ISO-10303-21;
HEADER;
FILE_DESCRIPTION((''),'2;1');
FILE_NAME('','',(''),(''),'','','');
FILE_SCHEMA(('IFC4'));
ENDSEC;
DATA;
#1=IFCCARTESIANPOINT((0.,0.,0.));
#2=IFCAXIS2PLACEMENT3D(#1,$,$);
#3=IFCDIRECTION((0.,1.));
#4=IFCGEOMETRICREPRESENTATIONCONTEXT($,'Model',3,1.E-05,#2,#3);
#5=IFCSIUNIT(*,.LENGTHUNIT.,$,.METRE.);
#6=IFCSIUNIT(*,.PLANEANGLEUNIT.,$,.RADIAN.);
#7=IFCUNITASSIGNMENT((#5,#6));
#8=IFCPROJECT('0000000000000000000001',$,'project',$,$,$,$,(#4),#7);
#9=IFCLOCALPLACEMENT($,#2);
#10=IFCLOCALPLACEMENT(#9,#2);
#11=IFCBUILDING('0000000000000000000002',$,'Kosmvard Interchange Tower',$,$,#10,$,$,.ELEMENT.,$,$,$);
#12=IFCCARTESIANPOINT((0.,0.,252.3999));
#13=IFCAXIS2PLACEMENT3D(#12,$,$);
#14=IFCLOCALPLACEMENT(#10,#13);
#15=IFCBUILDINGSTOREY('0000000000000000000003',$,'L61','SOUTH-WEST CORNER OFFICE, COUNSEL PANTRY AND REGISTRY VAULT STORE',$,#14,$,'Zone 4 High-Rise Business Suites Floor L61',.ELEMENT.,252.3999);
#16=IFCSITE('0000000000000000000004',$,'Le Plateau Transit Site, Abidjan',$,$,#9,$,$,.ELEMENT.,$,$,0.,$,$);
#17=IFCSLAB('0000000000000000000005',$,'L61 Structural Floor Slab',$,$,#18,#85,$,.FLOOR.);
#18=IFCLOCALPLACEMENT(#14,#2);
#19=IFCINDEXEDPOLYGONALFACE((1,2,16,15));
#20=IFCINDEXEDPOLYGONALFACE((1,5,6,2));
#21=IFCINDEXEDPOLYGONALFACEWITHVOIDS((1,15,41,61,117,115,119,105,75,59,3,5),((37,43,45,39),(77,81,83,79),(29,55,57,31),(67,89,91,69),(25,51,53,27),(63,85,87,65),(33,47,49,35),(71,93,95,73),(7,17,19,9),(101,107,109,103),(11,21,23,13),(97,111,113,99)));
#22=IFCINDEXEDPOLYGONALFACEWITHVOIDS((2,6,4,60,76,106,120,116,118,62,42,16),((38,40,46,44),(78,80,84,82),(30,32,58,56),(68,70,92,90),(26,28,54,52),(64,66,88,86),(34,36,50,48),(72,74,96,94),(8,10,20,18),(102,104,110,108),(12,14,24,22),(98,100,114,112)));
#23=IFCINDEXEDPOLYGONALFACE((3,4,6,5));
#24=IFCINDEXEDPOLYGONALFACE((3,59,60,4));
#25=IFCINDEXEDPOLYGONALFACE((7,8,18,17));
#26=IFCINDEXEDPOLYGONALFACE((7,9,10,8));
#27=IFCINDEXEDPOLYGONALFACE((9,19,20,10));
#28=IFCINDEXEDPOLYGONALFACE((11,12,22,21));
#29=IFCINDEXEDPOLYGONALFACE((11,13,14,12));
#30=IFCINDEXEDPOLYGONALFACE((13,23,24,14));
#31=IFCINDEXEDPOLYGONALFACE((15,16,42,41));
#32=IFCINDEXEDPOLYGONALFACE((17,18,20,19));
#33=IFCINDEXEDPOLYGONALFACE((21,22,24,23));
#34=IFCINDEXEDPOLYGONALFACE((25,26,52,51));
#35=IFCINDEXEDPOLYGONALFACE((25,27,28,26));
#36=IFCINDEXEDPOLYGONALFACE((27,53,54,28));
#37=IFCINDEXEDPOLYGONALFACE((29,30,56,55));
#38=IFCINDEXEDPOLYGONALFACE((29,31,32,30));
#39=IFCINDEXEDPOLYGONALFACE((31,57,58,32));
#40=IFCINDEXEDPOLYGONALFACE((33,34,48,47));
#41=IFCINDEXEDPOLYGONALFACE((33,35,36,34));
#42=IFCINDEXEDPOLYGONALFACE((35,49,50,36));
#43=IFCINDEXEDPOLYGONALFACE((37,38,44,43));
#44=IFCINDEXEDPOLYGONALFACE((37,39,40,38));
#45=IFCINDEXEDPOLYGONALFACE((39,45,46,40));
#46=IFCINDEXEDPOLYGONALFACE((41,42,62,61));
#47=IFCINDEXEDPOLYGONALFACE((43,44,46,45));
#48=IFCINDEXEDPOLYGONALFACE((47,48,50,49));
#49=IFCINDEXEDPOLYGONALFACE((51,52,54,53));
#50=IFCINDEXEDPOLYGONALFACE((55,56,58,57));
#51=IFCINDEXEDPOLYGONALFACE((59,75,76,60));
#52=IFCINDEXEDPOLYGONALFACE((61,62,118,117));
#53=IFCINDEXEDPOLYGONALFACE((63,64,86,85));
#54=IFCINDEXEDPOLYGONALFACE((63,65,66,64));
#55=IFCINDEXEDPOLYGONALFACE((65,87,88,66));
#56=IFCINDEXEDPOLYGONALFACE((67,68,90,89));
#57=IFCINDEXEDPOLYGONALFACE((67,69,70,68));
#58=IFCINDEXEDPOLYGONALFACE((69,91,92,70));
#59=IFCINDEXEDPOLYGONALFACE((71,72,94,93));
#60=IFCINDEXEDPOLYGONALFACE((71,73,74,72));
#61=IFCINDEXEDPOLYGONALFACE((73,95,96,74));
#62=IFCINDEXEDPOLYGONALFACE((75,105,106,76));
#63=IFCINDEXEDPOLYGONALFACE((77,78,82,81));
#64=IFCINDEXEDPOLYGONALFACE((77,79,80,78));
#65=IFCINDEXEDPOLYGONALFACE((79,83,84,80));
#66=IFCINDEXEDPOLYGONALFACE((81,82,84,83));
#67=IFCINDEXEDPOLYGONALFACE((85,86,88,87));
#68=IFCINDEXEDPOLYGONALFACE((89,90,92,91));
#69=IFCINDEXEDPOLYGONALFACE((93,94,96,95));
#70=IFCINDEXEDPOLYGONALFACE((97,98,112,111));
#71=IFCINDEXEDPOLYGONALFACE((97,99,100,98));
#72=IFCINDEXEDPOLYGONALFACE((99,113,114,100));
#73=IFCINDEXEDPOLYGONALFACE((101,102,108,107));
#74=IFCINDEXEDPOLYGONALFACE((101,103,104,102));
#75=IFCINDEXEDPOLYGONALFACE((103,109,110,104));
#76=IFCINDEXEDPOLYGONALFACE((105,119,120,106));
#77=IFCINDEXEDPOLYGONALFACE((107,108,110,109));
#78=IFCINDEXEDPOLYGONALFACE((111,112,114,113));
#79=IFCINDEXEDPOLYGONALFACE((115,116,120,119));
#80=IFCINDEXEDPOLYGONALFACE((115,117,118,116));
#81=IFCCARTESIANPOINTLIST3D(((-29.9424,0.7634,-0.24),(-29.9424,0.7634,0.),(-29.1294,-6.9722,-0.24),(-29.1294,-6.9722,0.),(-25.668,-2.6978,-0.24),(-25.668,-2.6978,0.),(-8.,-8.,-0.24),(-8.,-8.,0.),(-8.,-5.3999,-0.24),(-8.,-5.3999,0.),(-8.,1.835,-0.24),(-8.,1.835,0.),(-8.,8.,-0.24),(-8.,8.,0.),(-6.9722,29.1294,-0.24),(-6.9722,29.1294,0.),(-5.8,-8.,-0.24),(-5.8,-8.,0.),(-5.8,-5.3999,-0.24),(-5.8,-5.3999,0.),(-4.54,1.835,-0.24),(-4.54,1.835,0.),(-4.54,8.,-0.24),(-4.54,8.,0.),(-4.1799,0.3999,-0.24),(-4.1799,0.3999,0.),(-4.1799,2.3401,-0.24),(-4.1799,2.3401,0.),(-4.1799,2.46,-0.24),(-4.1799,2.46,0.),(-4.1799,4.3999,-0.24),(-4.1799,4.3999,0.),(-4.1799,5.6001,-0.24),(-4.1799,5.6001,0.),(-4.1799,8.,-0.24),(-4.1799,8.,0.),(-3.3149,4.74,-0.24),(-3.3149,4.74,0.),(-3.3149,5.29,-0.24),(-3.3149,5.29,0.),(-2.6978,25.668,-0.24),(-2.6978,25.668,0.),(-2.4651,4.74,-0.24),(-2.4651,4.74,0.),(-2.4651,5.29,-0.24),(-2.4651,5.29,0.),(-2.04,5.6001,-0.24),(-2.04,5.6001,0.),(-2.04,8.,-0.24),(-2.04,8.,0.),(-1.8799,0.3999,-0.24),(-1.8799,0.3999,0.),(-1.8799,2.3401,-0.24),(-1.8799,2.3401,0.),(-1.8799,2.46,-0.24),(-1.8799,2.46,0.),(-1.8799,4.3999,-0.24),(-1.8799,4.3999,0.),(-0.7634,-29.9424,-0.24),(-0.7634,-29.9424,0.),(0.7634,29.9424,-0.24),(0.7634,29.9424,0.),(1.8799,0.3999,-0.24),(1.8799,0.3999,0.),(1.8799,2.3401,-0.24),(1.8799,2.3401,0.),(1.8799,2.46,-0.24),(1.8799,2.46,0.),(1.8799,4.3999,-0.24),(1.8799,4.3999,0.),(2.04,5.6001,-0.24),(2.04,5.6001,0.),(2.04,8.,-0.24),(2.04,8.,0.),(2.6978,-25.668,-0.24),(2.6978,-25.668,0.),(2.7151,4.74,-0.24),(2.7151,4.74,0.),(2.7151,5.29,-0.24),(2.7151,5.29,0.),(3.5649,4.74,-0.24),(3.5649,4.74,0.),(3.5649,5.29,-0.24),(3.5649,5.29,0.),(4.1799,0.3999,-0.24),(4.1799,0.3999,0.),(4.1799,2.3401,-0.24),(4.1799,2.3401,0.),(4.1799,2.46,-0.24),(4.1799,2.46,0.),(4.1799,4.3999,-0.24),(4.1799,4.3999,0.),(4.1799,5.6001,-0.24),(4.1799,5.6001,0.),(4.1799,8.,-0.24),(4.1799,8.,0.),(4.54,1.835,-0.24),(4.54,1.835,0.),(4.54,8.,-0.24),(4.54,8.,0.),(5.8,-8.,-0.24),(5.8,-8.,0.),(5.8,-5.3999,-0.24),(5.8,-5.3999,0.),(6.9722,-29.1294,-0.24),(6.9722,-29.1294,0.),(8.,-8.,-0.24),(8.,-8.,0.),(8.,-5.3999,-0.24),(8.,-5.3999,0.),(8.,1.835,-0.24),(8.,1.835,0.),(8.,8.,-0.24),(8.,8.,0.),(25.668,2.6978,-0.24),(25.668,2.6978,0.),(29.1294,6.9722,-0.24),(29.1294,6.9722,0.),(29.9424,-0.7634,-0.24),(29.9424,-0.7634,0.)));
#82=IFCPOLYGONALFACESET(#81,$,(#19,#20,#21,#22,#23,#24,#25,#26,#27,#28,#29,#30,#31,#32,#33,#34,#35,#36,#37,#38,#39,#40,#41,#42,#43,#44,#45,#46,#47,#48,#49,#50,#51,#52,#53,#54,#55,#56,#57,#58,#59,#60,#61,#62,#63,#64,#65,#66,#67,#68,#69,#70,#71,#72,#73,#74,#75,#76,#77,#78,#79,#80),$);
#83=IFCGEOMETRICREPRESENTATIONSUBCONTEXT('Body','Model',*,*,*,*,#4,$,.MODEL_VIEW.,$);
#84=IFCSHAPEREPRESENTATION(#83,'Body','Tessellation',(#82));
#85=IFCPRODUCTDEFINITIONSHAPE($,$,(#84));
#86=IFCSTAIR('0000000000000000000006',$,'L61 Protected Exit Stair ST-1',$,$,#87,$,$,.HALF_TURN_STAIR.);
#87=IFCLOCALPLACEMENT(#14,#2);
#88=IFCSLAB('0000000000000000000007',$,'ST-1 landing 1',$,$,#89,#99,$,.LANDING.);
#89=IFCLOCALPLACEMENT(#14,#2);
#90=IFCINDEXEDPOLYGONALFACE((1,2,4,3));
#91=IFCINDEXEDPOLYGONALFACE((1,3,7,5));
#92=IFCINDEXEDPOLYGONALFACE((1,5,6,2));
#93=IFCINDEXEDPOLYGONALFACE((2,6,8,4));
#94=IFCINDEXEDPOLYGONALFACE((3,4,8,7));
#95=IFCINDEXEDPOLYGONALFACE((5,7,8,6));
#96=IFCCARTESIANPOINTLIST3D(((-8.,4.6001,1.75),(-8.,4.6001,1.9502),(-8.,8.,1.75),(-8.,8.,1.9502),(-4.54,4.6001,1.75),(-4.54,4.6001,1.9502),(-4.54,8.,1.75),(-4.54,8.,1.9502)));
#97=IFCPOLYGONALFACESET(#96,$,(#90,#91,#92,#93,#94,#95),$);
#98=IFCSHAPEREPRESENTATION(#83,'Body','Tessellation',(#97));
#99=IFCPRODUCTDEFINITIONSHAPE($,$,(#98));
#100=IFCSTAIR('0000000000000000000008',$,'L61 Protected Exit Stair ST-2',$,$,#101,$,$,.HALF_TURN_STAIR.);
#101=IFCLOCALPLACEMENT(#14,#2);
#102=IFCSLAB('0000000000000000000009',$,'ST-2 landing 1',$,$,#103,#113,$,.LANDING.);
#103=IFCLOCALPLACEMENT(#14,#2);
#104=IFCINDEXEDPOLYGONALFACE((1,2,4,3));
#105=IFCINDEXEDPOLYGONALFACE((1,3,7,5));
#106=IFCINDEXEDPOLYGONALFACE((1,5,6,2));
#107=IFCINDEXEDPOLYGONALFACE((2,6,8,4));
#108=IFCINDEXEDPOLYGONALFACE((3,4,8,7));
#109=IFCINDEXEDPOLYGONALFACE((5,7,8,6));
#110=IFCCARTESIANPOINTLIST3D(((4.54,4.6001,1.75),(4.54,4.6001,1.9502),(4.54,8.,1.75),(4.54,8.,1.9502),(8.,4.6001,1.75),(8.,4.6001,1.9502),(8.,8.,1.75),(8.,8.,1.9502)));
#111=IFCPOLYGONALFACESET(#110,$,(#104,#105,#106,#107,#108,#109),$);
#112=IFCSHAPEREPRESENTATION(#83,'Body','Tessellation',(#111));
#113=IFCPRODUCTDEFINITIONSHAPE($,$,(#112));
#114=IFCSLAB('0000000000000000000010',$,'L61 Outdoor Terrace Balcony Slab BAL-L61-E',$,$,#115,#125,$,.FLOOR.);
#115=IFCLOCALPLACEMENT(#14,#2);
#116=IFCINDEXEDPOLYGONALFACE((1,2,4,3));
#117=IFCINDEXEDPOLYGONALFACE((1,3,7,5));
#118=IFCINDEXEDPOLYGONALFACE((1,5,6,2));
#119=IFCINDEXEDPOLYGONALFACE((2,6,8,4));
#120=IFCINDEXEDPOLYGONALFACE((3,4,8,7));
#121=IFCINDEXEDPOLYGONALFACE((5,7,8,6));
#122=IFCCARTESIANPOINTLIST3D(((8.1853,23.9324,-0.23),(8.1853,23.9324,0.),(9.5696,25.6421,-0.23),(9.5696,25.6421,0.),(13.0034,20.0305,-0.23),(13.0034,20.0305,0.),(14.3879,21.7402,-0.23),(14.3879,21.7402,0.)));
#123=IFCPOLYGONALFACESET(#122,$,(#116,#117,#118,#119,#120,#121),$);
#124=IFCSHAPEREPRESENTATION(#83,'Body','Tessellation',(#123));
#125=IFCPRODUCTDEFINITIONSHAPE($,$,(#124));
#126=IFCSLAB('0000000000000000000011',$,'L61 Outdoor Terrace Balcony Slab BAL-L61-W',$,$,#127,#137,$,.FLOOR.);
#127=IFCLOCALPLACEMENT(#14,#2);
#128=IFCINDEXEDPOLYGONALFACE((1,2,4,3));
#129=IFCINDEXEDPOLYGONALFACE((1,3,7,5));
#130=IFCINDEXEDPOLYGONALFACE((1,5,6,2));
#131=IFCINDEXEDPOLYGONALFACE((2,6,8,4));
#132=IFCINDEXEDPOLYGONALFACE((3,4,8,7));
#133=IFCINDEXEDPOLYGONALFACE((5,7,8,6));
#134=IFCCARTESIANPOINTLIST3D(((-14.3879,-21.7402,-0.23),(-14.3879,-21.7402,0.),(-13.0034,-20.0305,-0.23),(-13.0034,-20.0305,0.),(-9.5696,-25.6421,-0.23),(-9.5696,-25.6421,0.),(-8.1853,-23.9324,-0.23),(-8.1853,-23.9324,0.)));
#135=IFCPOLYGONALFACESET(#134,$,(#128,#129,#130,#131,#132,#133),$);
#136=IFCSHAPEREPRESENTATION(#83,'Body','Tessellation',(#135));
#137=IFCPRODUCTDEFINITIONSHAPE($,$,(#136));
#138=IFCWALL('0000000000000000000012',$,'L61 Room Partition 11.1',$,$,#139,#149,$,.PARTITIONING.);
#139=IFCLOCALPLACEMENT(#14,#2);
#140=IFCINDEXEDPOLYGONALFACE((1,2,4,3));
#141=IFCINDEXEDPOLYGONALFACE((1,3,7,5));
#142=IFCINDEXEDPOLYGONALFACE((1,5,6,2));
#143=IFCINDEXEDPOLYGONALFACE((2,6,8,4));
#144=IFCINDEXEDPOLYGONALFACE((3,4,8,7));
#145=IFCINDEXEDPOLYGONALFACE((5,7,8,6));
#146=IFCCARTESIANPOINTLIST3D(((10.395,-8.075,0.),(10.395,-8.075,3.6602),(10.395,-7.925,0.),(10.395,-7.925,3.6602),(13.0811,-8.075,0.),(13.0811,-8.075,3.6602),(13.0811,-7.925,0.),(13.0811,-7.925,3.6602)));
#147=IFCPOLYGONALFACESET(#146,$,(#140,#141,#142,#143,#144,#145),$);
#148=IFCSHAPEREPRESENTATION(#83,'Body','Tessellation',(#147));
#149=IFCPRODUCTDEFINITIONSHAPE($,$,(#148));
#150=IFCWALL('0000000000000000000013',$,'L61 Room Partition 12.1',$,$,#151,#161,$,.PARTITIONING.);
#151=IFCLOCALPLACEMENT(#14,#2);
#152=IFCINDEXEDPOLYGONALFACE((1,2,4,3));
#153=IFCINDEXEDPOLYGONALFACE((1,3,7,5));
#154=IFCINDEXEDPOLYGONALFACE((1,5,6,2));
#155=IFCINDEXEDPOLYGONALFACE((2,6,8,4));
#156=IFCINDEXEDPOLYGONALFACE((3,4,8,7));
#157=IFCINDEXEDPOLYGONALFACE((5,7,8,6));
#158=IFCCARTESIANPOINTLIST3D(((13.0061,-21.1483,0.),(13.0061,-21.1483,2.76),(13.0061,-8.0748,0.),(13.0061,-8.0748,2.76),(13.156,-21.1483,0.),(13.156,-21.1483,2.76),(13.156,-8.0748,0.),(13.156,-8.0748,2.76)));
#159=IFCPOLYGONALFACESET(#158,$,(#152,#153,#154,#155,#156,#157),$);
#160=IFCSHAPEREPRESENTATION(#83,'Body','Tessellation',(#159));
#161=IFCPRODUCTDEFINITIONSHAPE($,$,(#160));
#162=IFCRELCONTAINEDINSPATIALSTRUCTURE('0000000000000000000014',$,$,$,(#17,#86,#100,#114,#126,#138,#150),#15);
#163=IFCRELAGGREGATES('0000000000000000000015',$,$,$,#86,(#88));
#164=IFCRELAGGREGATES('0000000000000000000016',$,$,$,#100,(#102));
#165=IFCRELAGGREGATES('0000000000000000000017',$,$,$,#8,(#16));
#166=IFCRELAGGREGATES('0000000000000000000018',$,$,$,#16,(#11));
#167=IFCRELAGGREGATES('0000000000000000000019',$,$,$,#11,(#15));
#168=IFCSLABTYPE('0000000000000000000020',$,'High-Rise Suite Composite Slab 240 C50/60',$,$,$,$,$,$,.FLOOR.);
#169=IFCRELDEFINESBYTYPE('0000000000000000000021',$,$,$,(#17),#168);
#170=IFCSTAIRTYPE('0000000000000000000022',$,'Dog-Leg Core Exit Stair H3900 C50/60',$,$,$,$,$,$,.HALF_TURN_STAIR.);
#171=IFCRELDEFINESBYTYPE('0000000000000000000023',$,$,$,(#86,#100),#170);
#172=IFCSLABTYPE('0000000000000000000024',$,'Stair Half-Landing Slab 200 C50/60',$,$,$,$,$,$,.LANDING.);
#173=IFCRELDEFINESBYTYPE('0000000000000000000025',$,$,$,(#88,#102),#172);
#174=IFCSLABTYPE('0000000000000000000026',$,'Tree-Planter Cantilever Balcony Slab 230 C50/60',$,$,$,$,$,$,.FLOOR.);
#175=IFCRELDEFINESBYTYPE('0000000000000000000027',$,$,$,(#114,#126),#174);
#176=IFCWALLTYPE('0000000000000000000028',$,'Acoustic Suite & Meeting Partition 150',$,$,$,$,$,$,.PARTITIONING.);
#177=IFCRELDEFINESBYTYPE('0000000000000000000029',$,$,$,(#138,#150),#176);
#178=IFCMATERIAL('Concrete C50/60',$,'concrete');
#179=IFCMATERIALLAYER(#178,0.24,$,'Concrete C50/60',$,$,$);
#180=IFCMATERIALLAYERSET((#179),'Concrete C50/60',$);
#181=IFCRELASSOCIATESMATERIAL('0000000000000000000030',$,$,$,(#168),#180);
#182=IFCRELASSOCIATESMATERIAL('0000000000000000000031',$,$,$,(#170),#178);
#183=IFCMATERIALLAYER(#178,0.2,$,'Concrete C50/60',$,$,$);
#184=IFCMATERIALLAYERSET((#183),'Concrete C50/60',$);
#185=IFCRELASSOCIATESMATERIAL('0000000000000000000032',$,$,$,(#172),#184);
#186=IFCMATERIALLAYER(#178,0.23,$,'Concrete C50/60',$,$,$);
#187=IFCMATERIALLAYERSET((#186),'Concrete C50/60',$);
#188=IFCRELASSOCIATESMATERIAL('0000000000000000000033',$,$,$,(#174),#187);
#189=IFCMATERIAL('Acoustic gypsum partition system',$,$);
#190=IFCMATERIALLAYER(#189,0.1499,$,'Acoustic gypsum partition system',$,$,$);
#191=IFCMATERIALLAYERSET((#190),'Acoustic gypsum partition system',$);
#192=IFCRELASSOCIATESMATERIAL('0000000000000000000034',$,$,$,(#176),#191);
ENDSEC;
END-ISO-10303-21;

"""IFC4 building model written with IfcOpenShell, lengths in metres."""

from ifc_helpers import new_model, si_unit, direction, frame, frame_2d, origin, place, context, subcontext, project, spatial, polyline, rectangle, outline, extrude, material, layer, layer_set, type_object, element, aggregate, save


model = new_model("IFC4")

# Units and contexts
model_context = context("Model", 3, precision=1e-05, world=origin(), true_north=direction((0.0, 1.0)))
body_context = subcontext(model_context, "Body", "Model", "MODEL_VIEW")
ifc_project = project(units=[si_unit("LENGTHUNIT", "METRE"), si_unit("PLANEANGLEUNIT", "RADIAN")], contexts=[model_context])

# Site, building, storey
site_placement = place(None, origin())
site = spatial("IfcSite", under=ifc_project, at=site_placement, Name="Le Plateau Transit Site, Abidjan", CompositionType="ELEMENT", RefElevation=0.0)
building_placement = place(site_placement, origin())
building = spatial("IfcBuilding", under=site, at=building_placement, Name="Kosmvard Interchange Tower", CompositionType="ELEMENT")
storey_placement = place(building_placement, frame((0.0, 0.0, 252.3999)))
storey = spatial("IfcBuildingStorey", under=building, at=storey_placement, Name="L61", Description="SOUTH-WEST CORNER OFFICE, COUNSEL PANTRY AND REGISTRY VAULT STORE", LongName="Zone 4 High-Rise Business Suites Floor L61", CompositionType="ELEMENT", Elevation=252.3999)

# Shared definitions
ifc_material_1 = material(Name="Concrete C50/60", Category="concrete")

# Slab
ifc_layer_1 = layer(ifc_material_1, 0.24, Name="Concrete C50/60")
ifc_layer_set_1 = layer_set([ifc_layer_1], Name="Concrete C50/60")
slab_type_1 = type_object("IfcSlabType", Name="High-Rise Suite Composite Slab 240 C50/60", PredefinedType="FLOOR", material=ifc_layer_set_1)
slab_1_placement = place(storey_placement, frame((0.0, 0.0, -0.24)))
element("IfcSlab", 1, at=slab_1_placement, inside=storey, type_object=slab_type_1, Name="L61 Structural Floor Slab", PredefinedType="FLOOR", context=body_context, shape_type="SweptSolid", body=[
    extrude(outline(polyline([(6.9722, -29.1294), (29.9424, -0.7634), (25.668, 2.6978), (29.1294, 6.9722), (0.7634, 29.9424), (-2.6978, 25.668), (-6.9722, 29.1294), (-29.9424, 0.7634), (-25.668, -2.6978), (-29.1294, -6.9722), (-0.7634, -29.9424), (2.6978, -25.668), (6.9722, -29.1294)]), holes=[polyline([(-8.0, 1.835), (-4.54, 1.835), (-4.54, 8.0), (-8.0, 8.0), (-8.0, 1.835)]), polyline([(4.54, 1.835), (8.0, 1.835), (8.0, 8.0), (4.54, 8.0), (4.54, 1.835)]), polyline([(-8.0, -8.0), (-5.8, -8.0), (-5.8, -5.3999), (-8.0, -5.3999), (-8.0, -8.0)]), polyline([(5.8, -8.0), (8.0, -8.0), (8.0, -5.3999), (5.8, -5.3999), (5.8, -8.0)]), polyline([(-4.1799, 0.3999), (-1.8799, 0.3999), (-1.8799, 2.3401), (-4.1799, 2.3401), (-4.1799, 0.3999)]), polyline([(-4.1799, 2.46), (-1.8799, 2.46), (-1.8799, 4.3999), (-4.1799, 4.3999), (-4.1799, 2.46)]), polyline([(1.8799, 0.3999), (4.1799, 0.3999), (4.1799, 2.3401), (1.8799, 2.3401), (1.8799, 0.3999)]), polyline([(1.8799, 2.46), (4.1799, 2.46), (4.1799, 4.3999), (1.8799, 4.3999), (1.8799, 2.46)]), polyline([(-4.1799, 5.6001), (-2.04, 5.6001), (-2.04, 8.0), (-4.1799, 8.0), (-4.1799, 5.6001)]), polyline([(2.04, 5.6001), (4.1799, 5.6001), (4.1799, 8.0), (2.04, 8.0), (2.04, 5.6001)]), polyline([(-3.3149, 4.74), (-2.4651, 4.74), (-2.4651, 5.29), (-3.3149, 5.29), (-3.3149, 4.74)]), polyline([(2.7151, 4.74), (3.5649, 4.74), (3.5649, 5.29), (2.7151, 5.29), (2.7151, 4.74)])]), origin(), (0.0, 0.0, 1.0), 0.24),
])

# Stairs, slabs
stair_type = type_object("IfcStairType", Name="Dog-Leg Core Exit Stair H3900 C50/60", PredefinedType="HALF_TURN_STAIR", material=ifc_material_1)
stair_1_placement = place(storey_placement, origin())
stair_1 = element("IfcStair", 2, at=stair_1_placement, inside=storey, type_object=stair_type, Name="L61 Protected Exit Stair ST-1", PredefinedType="HALF_TURN_STAIR")
ifc_layer_2 = layer(ifc_material_1, 0.2, Name="Concrete C50/60")
ifc_layer_set_2 = layer_set([ifc_layer_2], Name="Concrete C50/60")
slab_type_2 = type_object("IfcSlabType", Name="Stair Half-Landing Slab 200 C50/60", PredefinedType="LANDING", material=ifc_layer_set_2)
slab_2_placement = place(storey_placement, frame((0.0, 0.0, 1.75)))
slab_2 = element("IfcSlab", 3, at=slab_2_placement, type_object=slab_type_2, Name="ST-1 landing 1", PredefinedType="LANDING", context=body_context, shape_type="SweptSolid", body=[
    extrude(outline(polyline([(-4.54, 4.6001), (-4.54, 8.0), (-8.0, 8.0), (-8.0, 4.6001), (-4.54, 4.6001)])), origin(), (0.0, 0.0, 1.0), 0.2002),
])
aggregate(stair_1, [slab_2])
stair_2_placement = place(storey_placement, origin())
stair_2 = element("IfcStair", 4, at=stair_2_placement, inside=storey, type_object=stair_type, Name="L61 Protected Exit Stair ST-2", PredefinedType="HALF_TURN_STAIR")
slab_3_placement = place(storey_placement, frame((0.0, 0.0, 1.75)))
slab_3 = element("IfcSlab", 5, at=slab_3_placement, type_object=slab_type_2, Name="ST-2 landing 1", PredefinedType="LANDING", context=body_context, shape_type="SweptSolid", body=[
    extrude(outline(polyline([(8.0, 4.6001), (8.0, 8.0), (4.54, 8.0), (4.54, 4.6001), (8.0, 4.6001)])), origin(), (0.0, 0.0, 1.0), 0.2002),
])
aggregate(stair_2, [slab_3])

# Slabs
ifc_layer_3 = layer(ifc_material_1, 0.23, Name="Concrete C50/60")
ifc_layer_set_3 = layer_set([ifc_layer_3], Name="Concrete C50/60")
slab_type_3 = type_object("IfcSlabType", Name="Tree-Planter Cantilever Balcony Slab 230 C50/60", PredefinedType="FLOOR", material=ifc_layer_set_3)
slab_4_placement = place(storey_placement, frame((0.0, 0.0, -0.23)))
element("IfcSlab", 6, at=slab_4_placement, inside=storey, type_object=slab_type_3, Name="L61 Outdoor Terrace Balcony Slab BAL-L61-E", PredefinedType="FLOOR", context=body_context, shape_type="SweptSolid", body=[
    extrude(outline(polyline([(13.0034, 20.0305), (14.3879, 21.7402), (9.5696, 25.6421), (8.1853, 23.9324), (13.0034, 20.0305)])), origin(), (0.0, 0.0, 1.0), 0.23),
])
slab_5_placement = place(storey_placement, frame((0.0, 0.0, -0.23)))
element("IfcSlab", 7, at=slab_5_placement, inside=storey, type_object=slab_type_3, Name="L61 Outdoor Terrace Balcony Slab BAL-L61-W", PredefinedType="FLOOR", context=body_context, shape_type="SweptSolid", body=[
    extrude(outline(polyline([(-9.5696, -25.6421), (-8.1853, -23.9324), (-13.0034, -20.0305), (-14.3879, -21.7402), (-9.5696, -25.6421)])), origin(), (0.0, 0.0, 1.0), 0.23),
])

# Walls
ifc_material_2 = material(Name="Acoustic gypsum partition system")
ifc_layer_4 = layer(ifc_material_2, 0.1499, Name="Acoustic gypsum partition system")
ifc_layer_set_4 = layer_set([ifc_layer_4], Name="Acoustic gypsum partition system")
wall_type_1 = type_object("IfcWallType", Name="Acoustic Suite & Meeting Partition 150", PredefinedType="PARTITIONING", material=ifc_layer_set_4)
wall_1_placement = place(storey_placement, frame((10.395, -8.0, 0.0), z_axis=(0.0, 0.0, 1.0), x_axis=(1.0, 0.0, 0.0)))
element("IfcWall", 8, at=wall_1_placement, inside=storey, type_object=wall_type_1, Name="L61 Room Partition 11.1", PredefinedType="PARTITIONING", context=body_context, shape_type="SweptSolid", body=[
    extrude(rectangle(XDim=2.686, YDim=0.1499, at=frame_2d((1.343, 0.0))), origin(), (0.0, 0.0, 1.0), 3.6602),
])
wall_2_placement = place(storey_placement, frame((13.0811, -8.075, 0.0), z_axis=(0.0, 0.0, 1.0), x_axis=(0.0, -1.0, 0.0)))
element("IfcWall", 9, at=wall_2_placement, inside=storey, type_object=wall_type_1, Name="L61 Room Partition 12.1", PredefinedType="PARTITIONING", context=body_context, shape_type="SweptSolid", body=[
    extrude(rectangle(XDim=13.0735, YDim=0.1499, at=frame_2d((6.5366, 0.0))), origin(), (0.0, 0.0, 1.0), 2.76),
])

save(model, "model.ifc")
